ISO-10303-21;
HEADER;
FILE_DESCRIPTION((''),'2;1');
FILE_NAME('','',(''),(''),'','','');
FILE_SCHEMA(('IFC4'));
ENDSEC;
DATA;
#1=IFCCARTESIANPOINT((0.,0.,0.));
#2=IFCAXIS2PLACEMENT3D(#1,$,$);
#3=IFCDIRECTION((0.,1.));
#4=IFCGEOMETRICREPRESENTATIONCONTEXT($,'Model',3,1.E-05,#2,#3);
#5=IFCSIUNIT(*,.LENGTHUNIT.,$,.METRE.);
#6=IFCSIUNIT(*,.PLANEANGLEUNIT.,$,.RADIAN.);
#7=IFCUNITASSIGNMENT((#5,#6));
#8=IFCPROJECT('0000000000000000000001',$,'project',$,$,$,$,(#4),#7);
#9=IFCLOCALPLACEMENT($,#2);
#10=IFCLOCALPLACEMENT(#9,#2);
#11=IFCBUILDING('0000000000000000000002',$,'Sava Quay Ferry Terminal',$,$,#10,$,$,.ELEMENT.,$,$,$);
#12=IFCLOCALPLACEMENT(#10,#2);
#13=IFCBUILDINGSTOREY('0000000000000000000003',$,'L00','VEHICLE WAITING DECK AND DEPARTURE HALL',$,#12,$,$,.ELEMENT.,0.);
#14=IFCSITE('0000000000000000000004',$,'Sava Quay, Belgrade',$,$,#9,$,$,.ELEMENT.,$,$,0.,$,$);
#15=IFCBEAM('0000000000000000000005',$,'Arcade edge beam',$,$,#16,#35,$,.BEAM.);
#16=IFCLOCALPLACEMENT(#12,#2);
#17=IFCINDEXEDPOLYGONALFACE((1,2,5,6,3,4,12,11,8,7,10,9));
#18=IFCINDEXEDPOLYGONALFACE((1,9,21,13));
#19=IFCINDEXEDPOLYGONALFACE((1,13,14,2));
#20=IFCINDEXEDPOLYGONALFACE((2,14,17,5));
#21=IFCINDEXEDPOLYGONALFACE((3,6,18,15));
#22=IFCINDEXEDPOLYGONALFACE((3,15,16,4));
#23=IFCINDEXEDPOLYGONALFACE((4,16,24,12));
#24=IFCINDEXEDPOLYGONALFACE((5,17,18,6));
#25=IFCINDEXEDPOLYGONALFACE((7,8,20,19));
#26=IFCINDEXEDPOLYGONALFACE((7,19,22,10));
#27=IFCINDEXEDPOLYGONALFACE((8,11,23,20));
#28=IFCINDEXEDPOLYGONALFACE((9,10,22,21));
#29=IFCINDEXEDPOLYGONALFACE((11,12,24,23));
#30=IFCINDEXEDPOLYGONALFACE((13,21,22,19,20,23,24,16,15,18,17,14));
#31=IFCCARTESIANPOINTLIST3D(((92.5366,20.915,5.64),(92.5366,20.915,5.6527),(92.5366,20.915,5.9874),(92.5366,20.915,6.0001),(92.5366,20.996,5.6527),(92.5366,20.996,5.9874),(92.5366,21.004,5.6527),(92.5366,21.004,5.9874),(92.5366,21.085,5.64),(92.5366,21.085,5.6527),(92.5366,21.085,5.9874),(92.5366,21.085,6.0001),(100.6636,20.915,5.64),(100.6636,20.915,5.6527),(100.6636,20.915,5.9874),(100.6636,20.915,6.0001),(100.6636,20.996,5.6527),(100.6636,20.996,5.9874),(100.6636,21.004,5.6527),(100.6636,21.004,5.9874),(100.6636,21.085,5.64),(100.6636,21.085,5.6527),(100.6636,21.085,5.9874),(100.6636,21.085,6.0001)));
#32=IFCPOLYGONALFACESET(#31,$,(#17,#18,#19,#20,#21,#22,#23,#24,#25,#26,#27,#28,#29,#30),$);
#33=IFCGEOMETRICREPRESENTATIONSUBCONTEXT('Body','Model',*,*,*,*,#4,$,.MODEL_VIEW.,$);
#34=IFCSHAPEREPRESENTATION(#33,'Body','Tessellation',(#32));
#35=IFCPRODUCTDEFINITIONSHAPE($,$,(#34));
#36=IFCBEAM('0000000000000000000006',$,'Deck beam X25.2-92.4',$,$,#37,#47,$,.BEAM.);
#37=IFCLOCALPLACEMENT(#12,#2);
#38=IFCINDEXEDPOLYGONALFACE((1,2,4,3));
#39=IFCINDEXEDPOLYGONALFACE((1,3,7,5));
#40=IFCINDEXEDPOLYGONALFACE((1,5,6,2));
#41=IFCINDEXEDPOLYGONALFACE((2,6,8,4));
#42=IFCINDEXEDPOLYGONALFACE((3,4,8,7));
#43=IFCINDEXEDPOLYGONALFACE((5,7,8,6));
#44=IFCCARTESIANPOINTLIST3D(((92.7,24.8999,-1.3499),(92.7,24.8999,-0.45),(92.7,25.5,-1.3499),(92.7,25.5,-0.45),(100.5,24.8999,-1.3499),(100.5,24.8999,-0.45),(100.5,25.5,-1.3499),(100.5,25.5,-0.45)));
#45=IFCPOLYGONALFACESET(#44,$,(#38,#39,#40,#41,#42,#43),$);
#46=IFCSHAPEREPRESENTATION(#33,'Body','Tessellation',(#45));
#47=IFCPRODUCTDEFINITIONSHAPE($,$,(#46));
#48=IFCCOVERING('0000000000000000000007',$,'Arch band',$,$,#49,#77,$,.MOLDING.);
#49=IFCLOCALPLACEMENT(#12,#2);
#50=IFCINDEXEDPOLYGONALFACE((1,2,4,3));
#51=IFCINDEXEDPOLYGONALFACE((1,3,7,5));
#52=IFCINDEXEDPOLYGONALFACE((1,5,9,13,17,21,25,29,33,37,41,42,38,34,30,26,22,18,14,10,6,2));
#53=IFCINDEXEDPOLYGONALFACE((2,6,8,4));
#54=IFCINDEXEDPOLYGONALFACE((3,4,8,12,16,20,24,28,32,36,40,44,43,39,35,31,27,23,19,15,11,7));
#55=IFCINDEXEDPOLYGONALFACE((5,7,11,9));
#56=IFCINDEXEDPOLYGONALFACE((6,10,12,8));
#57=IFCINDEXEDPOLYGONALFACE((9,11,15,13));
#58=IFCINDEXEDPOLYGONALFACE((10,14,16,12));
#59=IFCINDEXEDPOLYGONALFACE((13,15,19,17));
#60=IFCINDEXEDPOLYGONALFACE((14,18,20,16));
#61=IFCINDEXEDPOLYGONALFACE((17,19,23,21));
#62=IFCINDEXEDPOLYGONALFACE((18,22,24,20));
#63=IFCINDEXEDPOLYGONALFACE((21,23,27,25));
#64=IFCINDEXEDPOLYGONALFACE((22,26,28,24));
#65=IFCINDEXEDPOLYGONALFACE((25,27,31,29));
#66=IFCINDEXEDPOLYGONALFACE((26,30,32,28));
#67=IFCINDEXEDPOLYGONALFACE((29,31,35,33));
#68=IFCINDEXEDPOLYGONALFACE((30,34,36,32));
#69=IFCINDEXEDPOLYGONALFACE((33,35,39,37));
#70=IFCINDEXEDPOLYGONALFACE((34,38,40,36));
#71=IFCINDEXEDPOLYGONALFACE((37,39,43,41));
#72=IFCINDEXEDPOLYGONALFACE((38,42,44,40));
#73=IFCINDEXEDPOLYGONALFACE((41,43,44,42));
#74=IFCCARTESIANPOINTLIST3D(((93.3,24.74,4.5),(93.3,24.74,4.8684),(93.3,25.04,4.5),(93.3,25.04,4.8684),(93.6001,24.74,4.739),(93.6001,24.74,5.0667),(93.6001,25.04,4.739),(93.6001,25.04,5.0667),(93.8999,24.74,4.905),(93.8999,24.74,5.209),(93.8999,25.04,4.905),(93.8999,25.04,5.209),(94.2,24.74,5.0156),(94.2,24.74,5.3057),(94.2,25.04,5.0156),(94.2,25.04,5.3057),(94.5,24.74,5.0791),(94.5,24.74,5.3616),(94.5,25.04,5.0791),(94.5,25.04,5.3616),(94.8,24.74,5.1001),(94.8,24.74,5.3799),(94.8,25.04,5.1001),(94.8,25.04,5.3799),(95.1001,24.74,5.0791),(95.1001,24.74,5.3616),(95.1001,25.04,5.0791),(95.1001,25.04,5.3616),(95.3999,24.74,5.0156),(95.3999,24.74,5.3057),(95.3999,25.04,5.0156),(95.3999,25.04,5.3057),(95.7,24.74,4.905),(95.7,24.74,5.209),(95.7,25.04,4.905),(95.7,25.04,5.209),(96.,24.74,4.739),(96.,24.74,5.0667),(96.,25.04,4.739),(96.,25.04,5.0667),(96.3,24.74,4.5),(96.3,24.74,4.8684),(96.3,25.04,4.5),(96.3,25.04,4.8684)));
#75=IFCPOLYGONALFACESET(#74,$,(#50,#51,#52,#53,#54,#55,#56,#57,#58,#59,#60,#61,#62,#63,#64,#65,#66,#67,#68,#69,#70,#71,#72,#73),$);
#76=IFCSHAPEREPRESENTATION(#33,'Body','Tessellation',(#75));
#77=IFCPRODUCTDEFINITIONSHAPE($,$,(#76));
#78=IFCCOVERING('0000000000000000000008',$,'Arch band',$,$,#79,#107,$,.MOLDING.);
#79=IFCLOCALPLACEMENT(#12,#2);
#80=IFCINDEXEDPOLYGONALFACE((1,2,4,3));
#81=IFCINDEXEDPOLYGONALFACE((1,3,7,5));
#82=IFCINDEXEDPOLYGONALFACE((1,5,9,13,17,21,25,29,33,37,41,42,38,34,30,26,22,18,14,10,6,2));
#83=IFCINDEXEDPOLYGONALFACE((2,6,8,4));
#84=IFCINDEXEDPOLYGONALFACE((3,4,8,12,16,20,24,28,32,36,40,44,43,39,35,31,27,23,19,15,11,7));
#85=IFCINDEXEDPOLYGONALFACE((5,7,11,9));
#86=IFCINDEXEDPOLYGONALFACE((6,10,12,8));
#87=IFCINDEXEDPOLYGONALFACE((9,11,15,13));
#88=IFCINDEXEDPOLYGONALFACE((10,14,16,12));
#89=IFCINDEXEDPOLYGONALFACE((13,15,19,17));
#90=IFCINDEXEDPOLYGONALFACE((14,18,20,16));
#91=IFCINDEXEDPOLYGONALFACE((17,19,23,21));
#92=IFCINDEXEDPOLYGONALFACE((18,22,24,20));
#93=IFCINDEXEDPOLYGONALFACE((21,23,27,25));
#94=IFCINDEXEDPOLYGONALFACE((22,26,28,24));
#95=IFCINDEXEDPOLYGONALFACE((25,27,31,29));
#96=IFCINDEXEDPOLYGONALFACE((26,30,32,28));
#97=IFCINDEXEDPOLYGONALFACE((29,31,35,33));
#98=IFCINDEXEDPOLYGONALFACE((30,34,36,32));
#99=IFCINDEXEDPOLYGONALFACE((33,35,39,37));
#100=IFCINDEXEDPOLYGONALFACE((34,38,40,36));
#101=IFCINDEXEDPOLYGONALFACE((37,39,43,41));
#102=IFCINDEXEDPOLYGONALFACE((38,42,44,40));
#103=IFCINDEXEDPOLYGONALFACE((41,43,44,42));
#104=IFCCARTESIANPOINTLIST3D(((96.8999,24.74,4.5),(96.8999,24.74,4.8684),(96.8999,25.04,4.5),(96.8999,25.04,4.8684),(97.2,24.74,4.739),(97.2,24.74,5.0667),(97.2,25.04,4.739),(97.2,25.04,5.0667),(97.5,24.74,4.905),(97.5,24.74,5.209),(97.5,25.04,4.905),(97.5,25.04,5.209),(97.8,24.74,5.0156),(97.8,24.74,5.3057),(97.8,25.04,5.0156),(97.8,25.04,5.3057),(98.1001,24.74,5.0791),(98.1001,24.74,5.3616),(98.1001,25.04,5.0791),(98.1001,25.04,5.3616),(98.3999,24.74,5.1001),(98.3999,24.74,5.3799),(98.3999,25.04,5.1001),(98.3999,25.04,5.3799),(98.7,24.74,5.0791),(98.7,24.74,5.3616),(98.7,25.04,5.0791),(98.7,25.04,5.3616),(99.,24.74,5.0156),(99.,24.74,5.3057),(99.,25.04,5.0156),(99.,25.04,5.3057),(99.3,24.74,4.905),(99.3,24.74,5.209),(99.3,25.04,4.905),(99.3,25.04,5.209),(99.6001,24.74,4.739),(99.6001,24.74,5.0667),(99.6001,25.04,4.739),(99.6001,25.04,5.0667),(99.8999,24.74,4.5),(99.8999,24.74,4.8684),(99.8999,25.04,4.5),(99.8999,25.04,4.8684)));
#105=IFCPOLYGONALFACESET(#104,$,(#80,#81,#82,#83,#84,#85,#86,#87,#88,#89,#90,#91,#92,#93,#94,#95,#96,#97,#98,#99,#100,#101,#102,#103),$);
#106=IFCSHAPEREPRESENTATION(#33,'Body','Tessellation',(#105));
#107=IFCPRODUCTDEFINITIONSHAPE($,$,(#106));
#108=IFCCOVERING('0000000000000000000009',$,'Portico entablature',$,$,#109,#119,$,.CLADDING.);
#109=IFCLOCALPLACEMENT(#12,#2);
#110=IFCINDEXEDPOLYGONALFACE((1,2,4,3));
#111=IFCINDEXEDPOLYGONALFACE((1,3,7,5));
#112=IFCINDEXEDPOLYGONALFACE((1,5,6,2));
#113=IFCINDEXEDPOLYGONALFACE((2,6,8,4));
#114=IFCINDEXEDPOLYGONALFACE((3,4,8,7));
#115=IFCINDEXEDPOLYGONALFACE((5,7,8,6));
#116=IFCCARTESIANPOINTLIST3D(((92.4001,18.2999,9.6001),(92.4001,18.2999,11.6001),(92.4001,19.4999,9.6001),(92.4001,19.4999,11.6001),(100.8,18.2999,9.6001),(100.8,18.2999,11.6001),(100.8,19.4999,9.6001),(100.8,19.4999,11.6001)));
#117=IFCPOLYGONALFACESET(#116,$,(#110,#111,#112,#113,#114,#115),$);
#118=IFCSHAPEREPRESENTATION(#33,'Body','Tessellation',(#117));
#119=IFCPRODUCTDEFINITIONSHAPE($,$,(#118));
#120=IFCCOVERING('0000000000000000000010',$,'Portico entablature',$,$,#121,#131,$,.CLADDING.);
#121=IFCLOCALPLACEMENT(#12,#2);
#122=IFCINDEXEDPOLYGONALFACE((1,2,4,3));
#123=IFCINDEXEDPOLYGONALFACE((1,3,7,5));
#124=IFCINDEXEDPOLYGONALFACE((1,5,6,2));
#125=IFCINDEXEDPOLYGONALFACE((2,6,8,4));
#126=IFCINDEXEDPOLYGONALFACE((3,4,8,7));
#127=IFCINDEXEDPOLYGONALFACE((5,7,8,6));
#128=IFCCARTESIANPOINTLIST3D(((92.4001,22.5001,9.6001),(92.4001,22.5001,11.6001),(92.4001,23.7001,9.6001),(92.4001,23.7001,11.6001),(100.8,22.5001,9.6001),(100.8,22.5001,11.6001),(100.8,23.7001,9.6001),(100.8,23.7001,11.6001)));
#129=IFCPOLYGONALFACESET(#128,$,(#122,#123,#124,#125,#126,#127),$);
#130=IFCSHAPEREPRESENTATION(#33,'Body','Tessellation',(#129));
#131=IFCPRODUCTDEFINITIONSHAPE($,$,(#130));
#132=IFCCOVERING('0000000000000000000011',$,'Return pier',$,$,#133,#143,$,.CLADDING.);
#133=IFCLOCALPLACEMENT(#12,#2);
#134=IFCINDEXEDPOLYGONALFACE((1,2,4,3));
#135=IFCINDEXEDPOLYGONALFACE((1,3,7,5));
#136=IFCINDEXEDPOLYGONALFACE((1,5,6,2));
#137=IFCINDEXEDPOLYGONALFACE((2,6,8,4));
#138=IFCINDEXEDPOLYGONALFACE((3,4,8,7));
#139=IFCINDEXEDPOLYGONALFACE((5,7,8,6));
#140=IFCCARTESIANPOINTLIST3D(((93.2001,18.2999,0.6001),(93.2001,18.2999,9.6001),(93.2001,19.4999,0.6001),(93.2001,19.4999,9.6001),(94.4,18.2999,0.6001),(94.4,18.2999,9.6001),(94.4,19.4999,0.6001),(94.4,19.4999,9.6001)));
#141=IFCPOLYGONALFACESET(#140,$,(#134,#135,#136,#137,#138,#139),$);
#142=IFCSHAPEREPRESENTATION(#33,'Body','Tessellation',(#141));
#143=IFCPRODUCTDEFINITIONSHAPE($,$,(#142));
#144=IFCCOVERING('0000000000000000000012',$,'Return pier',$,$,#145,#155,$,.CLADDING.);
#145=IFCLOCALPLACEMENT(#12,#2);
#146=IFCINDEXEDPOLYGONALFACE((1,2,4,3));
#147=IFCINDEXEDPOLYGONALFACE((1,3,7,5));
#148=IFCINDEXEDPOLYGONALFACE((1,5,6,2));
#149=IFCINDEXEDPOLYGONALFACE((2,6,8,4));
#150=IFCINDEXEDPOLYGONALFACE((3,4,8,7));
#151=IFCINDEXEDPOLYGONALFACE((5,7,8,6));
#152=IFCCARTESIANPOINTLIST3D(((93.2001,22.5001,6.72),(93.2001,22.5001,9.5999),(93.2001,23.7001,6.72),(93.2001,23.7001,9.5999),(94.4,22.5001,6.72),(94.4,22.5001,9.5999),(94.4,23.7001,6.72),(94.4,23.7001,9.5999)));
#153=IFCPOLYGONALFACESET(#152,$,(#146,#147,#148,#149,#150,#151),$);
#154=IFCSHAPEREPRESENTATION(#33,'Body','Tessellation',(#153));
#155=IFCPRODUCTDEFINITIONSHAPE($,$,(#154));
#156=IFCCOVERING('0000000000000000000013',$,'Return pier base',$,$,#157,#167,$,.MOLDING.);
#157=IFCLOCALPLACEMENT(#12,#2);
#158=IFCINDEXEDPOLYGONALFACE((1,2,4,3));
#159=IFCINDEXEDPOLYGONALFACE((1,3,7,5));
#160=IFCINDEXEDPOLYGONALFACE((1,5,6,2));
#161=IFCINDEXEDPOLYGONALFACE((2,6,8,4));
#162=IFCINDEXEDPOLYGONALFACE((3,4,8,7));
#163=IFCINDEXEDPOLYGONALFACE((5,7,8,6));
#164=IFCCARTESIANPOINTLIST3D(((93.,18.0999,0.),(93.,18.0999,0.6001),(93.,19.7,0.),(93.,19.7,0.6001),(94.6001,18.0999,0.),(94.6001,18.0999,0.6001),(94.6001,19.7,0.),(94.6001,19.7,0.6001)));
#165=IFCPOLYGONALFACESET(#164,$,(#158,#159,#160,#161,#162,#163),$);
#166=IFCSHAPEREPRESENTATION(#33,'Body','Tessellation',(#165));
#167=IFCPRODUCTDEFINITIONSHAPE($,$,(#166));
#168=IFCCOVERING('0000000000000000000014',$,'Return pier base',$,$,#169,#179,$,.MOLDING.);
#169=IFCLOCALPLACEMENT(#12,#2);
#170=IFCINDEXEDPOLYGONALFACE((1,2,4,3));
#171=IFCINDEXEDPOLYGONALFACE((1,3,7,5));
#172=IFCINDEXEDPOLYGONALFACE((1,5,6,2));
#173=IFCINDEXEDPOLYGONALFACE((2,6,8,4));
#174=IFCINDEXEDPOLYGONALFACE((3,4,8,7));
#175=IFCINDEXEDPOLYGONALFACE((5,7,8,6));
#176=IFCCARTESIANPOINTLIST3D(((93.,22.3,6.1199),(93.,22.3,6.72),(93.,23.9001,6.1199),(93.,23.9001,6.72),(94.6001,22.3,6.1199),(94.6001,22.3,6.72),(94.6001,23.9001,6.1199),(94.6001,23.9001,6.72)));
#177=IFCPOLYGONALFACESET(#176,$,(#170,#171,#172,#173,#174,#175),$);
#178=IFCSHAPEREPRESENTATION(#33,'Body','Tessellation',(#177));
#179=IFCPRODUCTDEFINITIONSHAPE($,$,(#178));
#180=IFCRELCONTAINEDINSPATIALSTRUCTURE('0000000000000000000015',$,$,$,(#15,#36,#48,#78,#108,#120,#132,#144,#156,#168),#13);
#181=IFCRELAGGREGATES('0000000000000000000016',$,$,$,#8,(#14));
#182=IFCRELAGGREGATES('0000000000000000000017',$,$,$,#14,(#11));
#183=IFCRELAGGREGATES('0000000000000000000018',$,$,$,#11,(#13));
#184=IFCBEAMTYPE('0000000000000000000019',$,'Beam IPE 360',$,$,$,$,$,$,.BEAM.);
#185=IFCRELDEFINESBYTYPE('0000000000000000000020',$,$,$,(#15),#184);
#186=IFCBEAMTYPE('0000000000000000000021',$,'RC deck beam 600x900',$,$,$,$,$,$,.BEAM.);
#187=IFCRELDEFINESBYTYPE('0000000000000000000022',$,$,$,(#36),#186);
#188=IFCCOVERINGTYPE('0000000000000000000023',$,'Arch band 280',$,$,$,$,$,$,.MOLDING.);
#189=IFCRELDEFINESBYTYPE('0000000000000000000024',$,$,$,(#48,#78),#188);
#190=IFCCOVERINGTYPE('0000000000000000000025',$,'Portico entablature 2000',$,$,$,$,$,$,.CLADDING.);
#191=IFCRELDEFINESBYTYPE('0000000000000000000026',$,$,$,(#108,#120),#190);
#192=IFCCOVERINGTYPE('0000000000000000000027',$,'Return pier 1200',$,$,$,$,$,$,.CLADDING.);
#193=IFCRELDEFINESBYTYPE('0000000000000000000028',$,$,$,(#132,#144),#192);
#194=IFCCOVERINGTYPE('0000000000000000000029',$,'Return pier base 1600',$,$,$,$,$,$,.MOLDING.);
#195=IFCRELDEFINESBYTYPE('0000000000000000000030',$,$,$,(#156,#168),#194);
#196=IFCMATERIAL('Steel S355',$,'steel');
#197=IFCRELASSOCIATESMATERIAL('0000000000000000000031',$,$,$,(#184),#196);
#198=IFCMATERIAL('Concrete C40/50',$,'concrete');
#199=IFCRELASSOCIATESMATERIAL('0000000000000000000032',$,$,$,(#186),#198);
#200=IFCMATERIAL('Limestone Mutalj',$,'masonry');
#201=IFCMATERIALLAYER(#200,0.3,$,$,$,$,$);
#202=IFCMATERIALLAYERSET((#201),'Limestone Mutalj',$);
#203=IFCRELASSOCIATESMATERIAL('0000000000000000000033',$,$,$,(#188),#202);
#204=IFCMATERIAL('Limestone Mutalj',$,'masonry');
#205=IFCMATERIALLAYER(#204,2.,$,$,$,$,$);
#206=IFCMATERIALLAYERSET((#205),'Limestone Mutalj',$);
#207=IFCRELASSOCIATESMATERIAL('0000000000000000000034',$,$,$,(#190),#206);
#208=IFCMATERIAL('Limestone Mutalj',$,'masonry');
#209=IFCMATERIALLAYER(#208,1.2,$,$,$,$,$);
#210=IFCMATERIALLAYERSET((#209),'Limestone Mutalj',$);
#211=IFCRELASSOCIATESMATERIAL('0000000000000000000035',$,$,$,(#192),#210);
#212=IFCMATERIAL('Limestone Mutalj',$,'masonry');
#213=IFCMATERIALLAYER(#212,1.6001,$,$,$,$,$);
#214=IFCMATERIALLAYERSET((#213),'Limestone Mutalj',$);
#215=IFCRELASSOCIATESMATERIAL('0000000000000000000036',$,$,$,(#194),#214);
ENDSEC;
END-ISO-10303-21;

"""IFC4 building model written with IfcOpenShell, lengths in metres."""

from ifc_helpers import new_model, si_unit, direction, frame, origin, origin_2d, place, context, subcontext, project, spatial, polyline, rectangle, i_section, outline, extrude, material, layer, layer_set, material_profile, profile_set, type_object, element, save


model = new_model("IFC4")

# Units and contexts
model_context = context("Model", 3, precision=1e-05, world=origin(), true_north=direction((0.0, 1.0)))
body_context = subcontext(model_context, "Body", "Model", "MODEL_VIEW")
ifc_project = project(units=[si_unit("LENGTHUNIT", "METRE"), si_unit("PLANEANGLEUNIT", "RADIAN")], contexts=[model_context])

# Site, building, storey
site_placement = place(None, origin())
site = spatial("IfcSite", under=ifc_project, at=site_placement, Name="Sava Quay, Belgrade", CompositionType="ELEMENT", RefElevation=0.0)
building_placement = place(site_placement, origin())
building = spatial("IfcBuilding", under=site, at=building_placement, Name="Sava Quay Ferry Terminal", CompositionType="ELEMENT")
storey_placement = place(building_placement, origin())
storey = spatial("IfcBuildingStorey", under=building, at=storey_placement, Name="L00", Description="VEHICLE WAITING DECK AND DEPARTURE HALL", CompositionType="ELEMENT", Elevation=0.0)

# Beams
ifc_material_1 = material(Name="Steel S355", Category="steel")
ifc_material_profile_1 = material_profile(ifc_material_1, i_section(OverallWidth=0.1699, OverallDepth=0.3601, WebThickness=0.0081, FlangeThickness=0.0127, at=origin_2d()), Name="IPE 360")
ifc_profile_set_1 = profile_set([ifc_material_profile_1], Name="Steel S355")
beam_type_1 = type_object("IfcBeamType", Name="Beam IPE 360", PredefinedType="BEAM", material=ifc_profile_set_1)
beam_1_placement = place(storey_placement, frame((92.5366, 21.0, 5.8201), z_axis=(1.0, 0.0, 0.0), x_axis=(0.0, 1.0, 0.0)))
element("IfcBeam", 1, at=beam_1_placement, inside=storey, type_object=beam_type_1, Name="Arcade edge beam", PredefinedType="BEAM", context=body_context, shape_type="SweptSolid", body=[
    extrude(i_section(OverallWidth=0.1699, OverallDepth=0.3601, WebThickness=0.0081, FlangeThickness=0.0127, at=origin_2d()), origin(), (0.0, 0.0, 1.0), 8.127),
])
ifc_material_2 = material(Name="Concrete C40/50", Category="concrete")
ifc_material_profile_2 = material_profile(ifc_material_2, rectangle(XDim=0.6001, YDim=0.8999, at=origin_2d()), Name="RC 600x900")
ifc_profile_set_2 = profile_set([ifc_material_profile_2], Name="Concrete C40/50")
beam_type_2 = type_object("IfcBeamType", Name="RC deck beam 600x900", PredefinedType="BEAM", material=ifc_profile_set_2)
beam_2_placement = place(storey_placement, frame((92.7, 25.2, -0.8999), z_axis=(1.0, 0.0, 0.0), x_axis=(0.0, 1.0, 0.0)))
element("IfcBeam", 2, at=beam_2_placement, inside=storey, type_object=beam_type_2, Name="Deck beam X25.2-92.4", PredefinedType="BEAM", context=body_context, shape_type="SweptSolid", body=[
    extrude(rectangle(XDim=0.6001, YDim=0.8999, at=origin_2d()), origin(), (0.0, 0.0, 1.0), 7.8),
])

# Coverings
ifc_material_3 = material(Name="Limestone Mutalj", Category="masonry")
ifc_layer_1 = layer(ifc_material_3, 0.3)
ifc_layer_set_1 = layer_set([ifc_layer_1], Name="Limestone Mutalj")
covering_type_1 = type_object("IfcCoveringType", Name="Arch band 280", PredefinedType="MOLDING", material=ifc_layer_set_1)
covering_1_placement = place(storey_placement, frame((93.3, 24.74, 4.5), z_axis=(0.0, -1.0, 0.0), x_axis=(0.782171, 0.0, 0.623064)))
element("IfcCovering", 3, at=covering_1_placement, inside=storey, type_object=covering_type_1, Name="Arch band", PredefinedType="MOLDING", context=body_context, shape_type="SweptSolid", body=[
    extrude(outline(polyline([(0.0, 0.0), (0.3836, 0.0), (0.7215, -0.0569), (1.0251, -0.1574), (1.2994, -0.2947), (1.5472, -0.4652), (1.7688, -0.6686), (1.9637, -0.905), (2.1295, -1.1785), (2.2607, -1.4953), (2.3465, -1.8692), (2.5761, -1.581), (2.4649, -1.239), (2.3189, -0.9407), (2.1444, -0.6782), (1.9448, -0.4476), (1.7215, -0.2464), (1.4754, -0.0737), (1.2059, 0.0695), (0.9109, 0.1808), (0.5877, 0.2563), (0.2295, 0.2882), (0.0, 0.0)])), origin(), (0.0, 0.0, -1.0), 0.3),
])
covering_2_placement = place(storey_placement, frame((96.8999, 24.74, 4.5), z_axis=(0.0, -1.0, 0.0), x_axis=(0.782171, 0.0, 0.623064)))
element("IfcCovering", 4, at=covering_2_placement, inside=storey, type_object=covering_type_1, Name="Arch band", PredefinedType="MOLDING", context=body_context, shape_type="SweptSolid", body=[
    extrude(outline(polyline([(0.0, 0.0), (0.3836, 0.0), (0.7217, -0.0571), (1.0253, -0.1575), (1.2996, -0.2948), (1.5472, -0.4652), (1.7688, -0.6686), (1.9639, -0.9052), (2.1297, -1.1786), (2.2609, -1.4954), (2.3465, -1.8692), (2.5761, -1.581), (2.4651, -1.2392), (2.3191, -0.9409), (2.1446, -0.6783), (1.9448, -0.4476), (1.7215, -0.2464), (1.4756, -0.0739), (1.206, 0.0693), (0.9111, 0.1806), (0.5877, 0.2563), (0.2295, 0.2882), (0.0, 0.0)])), origin(), (0.0, 0.0, -1.0), 0.3),
])
ifc_material_4 = material(Name="Limestone Mutalj", Category="masonry")
ifc_layer_2 = layer(ifc_material_4, 2.0)
ifc_layer_set_2 = layer_set([ifc_layer_2], Name="Limestone Mutalj")
covering_type_2 = type_object("IfcCoveringType", Name="Portico entablature 2000", PredefinedType="CLADDING", material=ifc_layer_set_2)
for number, where, z_axis, x_axis, name in (
    (5, (96.6001, 18.8999, 9.6001), (0.0, 0.0, 1.0), (1.0, 0.0, 0.0), "Portico entablature"),
    (6, (96.6001, 23.1001, 9.6001), (0.0, 0.0, 1.0), (1.0, 0.0, 0.0), "Portico entablature"),
):
    element("IfcCovering", number, at=place(storey_placement, frame(where, z_axis=z_axis, x_axis=x_axis)), inside=storey, type_object=covering_type_2, Name=name, PredefinedType="CLADDING", context=body_context, shape_type="SweptSolid", body=[
        extrude(rectangle(XDim=8.3999, YDim=1.2, at=origin_2d()), origin(), (0.0, 0.0, 1.0), 2.0),
    ])
ifc_material_5 = material(Name="Limestone Mutalj", Category="masonry")
ifc_layer_3 = layer(ifc_material_5, 1.2)
ifc_layer_set_3 = layer_set([ifc_layer_3], Name="Limestone Mutalj")
covering_type_3 = type_object("IfcCoveringType", Name="Return pier 1200", PredefinedType="CLADDING", material=ifc_layer_set_3)
covering_3_placement = place(storey_placement, frame((93.8, 18.8999, 0.6001), z_axis=(0.0, 0.0, 1.0), x_axis=(1.0, 0.0, 0.0)))
element("IfcCovering", 7, at=covering_3_placement, inside=storey, type_object=covering_type_3, Name="Return pier", PredefinedType="CLADDING", context=body_context, shape_type="SweptSolid", body=[
    extrude(rectangle(XDim=1.2, YDim=1.2, at=origin_2d()), origin(), (0.0, 0.0, 1.0), 9.0),
])
covering_4_placement = place(storey_placement, frame((93.8, 23.1001, 6.72), z_axis=(0.0, 0.0, 1.0), x_axis=(1.0, 0.0, 0.0)))
element("IfcCovering", 8, at=covering_4_placement, inside=storey, type_object=covering_type_3, Name="Return pier", PredefinedType="CLADDING", context=body_context, shape_type="SweptSolid", body=[
    extrude(rectangle(XDim=1.2, YDim=1.2, at=origin_2d()), origin(), (0.0, 0.0, 1.0), 2.8799),
])
ifc_material_6 = material(Name="Limestone Mutalj", Category="masonry")
ifc_layer_4 = layer(ifc_material_6, 1.6001)
ifc_layer_set_4 = layer_set([ifc_layer_4], Name="Limestone Mutalj")
covering_type_4 = type_object("IfcCoveringType", Name="Return pier base 1600", PredefinedType="MOLDING", material=ifc_layer_set_4)
for number, where, z_axis, x_axis, name in (
    (9, (93.8, 18.8999, 0.0), (0.0, 0.0, 1.0), (1.0, 0.0, 0.0), "Return pier base"),
    (10, (93.8, 23.1001, 6.1199), (0.0, 0.0, 1.0), (1.0, 0.0, 0.0), "Return pier base"),
):
    element("IfcCovering", number, at=place(storey_placement, frame(where, z_axis=z_axis, x_axis=x_axis)), inside=storey, type_object=covering_type_4, Name=name, PredefinedType="MOLDING", context=body_context, shape_type="SweptSolid", body=[
        extrude(rectangle(XDim=1.6001, YDim=1.6001, at=origin_2d()), origin(), (0.0, 0.0, 1.0), 0.6001),
    ])

save(model, "model.ifc")
